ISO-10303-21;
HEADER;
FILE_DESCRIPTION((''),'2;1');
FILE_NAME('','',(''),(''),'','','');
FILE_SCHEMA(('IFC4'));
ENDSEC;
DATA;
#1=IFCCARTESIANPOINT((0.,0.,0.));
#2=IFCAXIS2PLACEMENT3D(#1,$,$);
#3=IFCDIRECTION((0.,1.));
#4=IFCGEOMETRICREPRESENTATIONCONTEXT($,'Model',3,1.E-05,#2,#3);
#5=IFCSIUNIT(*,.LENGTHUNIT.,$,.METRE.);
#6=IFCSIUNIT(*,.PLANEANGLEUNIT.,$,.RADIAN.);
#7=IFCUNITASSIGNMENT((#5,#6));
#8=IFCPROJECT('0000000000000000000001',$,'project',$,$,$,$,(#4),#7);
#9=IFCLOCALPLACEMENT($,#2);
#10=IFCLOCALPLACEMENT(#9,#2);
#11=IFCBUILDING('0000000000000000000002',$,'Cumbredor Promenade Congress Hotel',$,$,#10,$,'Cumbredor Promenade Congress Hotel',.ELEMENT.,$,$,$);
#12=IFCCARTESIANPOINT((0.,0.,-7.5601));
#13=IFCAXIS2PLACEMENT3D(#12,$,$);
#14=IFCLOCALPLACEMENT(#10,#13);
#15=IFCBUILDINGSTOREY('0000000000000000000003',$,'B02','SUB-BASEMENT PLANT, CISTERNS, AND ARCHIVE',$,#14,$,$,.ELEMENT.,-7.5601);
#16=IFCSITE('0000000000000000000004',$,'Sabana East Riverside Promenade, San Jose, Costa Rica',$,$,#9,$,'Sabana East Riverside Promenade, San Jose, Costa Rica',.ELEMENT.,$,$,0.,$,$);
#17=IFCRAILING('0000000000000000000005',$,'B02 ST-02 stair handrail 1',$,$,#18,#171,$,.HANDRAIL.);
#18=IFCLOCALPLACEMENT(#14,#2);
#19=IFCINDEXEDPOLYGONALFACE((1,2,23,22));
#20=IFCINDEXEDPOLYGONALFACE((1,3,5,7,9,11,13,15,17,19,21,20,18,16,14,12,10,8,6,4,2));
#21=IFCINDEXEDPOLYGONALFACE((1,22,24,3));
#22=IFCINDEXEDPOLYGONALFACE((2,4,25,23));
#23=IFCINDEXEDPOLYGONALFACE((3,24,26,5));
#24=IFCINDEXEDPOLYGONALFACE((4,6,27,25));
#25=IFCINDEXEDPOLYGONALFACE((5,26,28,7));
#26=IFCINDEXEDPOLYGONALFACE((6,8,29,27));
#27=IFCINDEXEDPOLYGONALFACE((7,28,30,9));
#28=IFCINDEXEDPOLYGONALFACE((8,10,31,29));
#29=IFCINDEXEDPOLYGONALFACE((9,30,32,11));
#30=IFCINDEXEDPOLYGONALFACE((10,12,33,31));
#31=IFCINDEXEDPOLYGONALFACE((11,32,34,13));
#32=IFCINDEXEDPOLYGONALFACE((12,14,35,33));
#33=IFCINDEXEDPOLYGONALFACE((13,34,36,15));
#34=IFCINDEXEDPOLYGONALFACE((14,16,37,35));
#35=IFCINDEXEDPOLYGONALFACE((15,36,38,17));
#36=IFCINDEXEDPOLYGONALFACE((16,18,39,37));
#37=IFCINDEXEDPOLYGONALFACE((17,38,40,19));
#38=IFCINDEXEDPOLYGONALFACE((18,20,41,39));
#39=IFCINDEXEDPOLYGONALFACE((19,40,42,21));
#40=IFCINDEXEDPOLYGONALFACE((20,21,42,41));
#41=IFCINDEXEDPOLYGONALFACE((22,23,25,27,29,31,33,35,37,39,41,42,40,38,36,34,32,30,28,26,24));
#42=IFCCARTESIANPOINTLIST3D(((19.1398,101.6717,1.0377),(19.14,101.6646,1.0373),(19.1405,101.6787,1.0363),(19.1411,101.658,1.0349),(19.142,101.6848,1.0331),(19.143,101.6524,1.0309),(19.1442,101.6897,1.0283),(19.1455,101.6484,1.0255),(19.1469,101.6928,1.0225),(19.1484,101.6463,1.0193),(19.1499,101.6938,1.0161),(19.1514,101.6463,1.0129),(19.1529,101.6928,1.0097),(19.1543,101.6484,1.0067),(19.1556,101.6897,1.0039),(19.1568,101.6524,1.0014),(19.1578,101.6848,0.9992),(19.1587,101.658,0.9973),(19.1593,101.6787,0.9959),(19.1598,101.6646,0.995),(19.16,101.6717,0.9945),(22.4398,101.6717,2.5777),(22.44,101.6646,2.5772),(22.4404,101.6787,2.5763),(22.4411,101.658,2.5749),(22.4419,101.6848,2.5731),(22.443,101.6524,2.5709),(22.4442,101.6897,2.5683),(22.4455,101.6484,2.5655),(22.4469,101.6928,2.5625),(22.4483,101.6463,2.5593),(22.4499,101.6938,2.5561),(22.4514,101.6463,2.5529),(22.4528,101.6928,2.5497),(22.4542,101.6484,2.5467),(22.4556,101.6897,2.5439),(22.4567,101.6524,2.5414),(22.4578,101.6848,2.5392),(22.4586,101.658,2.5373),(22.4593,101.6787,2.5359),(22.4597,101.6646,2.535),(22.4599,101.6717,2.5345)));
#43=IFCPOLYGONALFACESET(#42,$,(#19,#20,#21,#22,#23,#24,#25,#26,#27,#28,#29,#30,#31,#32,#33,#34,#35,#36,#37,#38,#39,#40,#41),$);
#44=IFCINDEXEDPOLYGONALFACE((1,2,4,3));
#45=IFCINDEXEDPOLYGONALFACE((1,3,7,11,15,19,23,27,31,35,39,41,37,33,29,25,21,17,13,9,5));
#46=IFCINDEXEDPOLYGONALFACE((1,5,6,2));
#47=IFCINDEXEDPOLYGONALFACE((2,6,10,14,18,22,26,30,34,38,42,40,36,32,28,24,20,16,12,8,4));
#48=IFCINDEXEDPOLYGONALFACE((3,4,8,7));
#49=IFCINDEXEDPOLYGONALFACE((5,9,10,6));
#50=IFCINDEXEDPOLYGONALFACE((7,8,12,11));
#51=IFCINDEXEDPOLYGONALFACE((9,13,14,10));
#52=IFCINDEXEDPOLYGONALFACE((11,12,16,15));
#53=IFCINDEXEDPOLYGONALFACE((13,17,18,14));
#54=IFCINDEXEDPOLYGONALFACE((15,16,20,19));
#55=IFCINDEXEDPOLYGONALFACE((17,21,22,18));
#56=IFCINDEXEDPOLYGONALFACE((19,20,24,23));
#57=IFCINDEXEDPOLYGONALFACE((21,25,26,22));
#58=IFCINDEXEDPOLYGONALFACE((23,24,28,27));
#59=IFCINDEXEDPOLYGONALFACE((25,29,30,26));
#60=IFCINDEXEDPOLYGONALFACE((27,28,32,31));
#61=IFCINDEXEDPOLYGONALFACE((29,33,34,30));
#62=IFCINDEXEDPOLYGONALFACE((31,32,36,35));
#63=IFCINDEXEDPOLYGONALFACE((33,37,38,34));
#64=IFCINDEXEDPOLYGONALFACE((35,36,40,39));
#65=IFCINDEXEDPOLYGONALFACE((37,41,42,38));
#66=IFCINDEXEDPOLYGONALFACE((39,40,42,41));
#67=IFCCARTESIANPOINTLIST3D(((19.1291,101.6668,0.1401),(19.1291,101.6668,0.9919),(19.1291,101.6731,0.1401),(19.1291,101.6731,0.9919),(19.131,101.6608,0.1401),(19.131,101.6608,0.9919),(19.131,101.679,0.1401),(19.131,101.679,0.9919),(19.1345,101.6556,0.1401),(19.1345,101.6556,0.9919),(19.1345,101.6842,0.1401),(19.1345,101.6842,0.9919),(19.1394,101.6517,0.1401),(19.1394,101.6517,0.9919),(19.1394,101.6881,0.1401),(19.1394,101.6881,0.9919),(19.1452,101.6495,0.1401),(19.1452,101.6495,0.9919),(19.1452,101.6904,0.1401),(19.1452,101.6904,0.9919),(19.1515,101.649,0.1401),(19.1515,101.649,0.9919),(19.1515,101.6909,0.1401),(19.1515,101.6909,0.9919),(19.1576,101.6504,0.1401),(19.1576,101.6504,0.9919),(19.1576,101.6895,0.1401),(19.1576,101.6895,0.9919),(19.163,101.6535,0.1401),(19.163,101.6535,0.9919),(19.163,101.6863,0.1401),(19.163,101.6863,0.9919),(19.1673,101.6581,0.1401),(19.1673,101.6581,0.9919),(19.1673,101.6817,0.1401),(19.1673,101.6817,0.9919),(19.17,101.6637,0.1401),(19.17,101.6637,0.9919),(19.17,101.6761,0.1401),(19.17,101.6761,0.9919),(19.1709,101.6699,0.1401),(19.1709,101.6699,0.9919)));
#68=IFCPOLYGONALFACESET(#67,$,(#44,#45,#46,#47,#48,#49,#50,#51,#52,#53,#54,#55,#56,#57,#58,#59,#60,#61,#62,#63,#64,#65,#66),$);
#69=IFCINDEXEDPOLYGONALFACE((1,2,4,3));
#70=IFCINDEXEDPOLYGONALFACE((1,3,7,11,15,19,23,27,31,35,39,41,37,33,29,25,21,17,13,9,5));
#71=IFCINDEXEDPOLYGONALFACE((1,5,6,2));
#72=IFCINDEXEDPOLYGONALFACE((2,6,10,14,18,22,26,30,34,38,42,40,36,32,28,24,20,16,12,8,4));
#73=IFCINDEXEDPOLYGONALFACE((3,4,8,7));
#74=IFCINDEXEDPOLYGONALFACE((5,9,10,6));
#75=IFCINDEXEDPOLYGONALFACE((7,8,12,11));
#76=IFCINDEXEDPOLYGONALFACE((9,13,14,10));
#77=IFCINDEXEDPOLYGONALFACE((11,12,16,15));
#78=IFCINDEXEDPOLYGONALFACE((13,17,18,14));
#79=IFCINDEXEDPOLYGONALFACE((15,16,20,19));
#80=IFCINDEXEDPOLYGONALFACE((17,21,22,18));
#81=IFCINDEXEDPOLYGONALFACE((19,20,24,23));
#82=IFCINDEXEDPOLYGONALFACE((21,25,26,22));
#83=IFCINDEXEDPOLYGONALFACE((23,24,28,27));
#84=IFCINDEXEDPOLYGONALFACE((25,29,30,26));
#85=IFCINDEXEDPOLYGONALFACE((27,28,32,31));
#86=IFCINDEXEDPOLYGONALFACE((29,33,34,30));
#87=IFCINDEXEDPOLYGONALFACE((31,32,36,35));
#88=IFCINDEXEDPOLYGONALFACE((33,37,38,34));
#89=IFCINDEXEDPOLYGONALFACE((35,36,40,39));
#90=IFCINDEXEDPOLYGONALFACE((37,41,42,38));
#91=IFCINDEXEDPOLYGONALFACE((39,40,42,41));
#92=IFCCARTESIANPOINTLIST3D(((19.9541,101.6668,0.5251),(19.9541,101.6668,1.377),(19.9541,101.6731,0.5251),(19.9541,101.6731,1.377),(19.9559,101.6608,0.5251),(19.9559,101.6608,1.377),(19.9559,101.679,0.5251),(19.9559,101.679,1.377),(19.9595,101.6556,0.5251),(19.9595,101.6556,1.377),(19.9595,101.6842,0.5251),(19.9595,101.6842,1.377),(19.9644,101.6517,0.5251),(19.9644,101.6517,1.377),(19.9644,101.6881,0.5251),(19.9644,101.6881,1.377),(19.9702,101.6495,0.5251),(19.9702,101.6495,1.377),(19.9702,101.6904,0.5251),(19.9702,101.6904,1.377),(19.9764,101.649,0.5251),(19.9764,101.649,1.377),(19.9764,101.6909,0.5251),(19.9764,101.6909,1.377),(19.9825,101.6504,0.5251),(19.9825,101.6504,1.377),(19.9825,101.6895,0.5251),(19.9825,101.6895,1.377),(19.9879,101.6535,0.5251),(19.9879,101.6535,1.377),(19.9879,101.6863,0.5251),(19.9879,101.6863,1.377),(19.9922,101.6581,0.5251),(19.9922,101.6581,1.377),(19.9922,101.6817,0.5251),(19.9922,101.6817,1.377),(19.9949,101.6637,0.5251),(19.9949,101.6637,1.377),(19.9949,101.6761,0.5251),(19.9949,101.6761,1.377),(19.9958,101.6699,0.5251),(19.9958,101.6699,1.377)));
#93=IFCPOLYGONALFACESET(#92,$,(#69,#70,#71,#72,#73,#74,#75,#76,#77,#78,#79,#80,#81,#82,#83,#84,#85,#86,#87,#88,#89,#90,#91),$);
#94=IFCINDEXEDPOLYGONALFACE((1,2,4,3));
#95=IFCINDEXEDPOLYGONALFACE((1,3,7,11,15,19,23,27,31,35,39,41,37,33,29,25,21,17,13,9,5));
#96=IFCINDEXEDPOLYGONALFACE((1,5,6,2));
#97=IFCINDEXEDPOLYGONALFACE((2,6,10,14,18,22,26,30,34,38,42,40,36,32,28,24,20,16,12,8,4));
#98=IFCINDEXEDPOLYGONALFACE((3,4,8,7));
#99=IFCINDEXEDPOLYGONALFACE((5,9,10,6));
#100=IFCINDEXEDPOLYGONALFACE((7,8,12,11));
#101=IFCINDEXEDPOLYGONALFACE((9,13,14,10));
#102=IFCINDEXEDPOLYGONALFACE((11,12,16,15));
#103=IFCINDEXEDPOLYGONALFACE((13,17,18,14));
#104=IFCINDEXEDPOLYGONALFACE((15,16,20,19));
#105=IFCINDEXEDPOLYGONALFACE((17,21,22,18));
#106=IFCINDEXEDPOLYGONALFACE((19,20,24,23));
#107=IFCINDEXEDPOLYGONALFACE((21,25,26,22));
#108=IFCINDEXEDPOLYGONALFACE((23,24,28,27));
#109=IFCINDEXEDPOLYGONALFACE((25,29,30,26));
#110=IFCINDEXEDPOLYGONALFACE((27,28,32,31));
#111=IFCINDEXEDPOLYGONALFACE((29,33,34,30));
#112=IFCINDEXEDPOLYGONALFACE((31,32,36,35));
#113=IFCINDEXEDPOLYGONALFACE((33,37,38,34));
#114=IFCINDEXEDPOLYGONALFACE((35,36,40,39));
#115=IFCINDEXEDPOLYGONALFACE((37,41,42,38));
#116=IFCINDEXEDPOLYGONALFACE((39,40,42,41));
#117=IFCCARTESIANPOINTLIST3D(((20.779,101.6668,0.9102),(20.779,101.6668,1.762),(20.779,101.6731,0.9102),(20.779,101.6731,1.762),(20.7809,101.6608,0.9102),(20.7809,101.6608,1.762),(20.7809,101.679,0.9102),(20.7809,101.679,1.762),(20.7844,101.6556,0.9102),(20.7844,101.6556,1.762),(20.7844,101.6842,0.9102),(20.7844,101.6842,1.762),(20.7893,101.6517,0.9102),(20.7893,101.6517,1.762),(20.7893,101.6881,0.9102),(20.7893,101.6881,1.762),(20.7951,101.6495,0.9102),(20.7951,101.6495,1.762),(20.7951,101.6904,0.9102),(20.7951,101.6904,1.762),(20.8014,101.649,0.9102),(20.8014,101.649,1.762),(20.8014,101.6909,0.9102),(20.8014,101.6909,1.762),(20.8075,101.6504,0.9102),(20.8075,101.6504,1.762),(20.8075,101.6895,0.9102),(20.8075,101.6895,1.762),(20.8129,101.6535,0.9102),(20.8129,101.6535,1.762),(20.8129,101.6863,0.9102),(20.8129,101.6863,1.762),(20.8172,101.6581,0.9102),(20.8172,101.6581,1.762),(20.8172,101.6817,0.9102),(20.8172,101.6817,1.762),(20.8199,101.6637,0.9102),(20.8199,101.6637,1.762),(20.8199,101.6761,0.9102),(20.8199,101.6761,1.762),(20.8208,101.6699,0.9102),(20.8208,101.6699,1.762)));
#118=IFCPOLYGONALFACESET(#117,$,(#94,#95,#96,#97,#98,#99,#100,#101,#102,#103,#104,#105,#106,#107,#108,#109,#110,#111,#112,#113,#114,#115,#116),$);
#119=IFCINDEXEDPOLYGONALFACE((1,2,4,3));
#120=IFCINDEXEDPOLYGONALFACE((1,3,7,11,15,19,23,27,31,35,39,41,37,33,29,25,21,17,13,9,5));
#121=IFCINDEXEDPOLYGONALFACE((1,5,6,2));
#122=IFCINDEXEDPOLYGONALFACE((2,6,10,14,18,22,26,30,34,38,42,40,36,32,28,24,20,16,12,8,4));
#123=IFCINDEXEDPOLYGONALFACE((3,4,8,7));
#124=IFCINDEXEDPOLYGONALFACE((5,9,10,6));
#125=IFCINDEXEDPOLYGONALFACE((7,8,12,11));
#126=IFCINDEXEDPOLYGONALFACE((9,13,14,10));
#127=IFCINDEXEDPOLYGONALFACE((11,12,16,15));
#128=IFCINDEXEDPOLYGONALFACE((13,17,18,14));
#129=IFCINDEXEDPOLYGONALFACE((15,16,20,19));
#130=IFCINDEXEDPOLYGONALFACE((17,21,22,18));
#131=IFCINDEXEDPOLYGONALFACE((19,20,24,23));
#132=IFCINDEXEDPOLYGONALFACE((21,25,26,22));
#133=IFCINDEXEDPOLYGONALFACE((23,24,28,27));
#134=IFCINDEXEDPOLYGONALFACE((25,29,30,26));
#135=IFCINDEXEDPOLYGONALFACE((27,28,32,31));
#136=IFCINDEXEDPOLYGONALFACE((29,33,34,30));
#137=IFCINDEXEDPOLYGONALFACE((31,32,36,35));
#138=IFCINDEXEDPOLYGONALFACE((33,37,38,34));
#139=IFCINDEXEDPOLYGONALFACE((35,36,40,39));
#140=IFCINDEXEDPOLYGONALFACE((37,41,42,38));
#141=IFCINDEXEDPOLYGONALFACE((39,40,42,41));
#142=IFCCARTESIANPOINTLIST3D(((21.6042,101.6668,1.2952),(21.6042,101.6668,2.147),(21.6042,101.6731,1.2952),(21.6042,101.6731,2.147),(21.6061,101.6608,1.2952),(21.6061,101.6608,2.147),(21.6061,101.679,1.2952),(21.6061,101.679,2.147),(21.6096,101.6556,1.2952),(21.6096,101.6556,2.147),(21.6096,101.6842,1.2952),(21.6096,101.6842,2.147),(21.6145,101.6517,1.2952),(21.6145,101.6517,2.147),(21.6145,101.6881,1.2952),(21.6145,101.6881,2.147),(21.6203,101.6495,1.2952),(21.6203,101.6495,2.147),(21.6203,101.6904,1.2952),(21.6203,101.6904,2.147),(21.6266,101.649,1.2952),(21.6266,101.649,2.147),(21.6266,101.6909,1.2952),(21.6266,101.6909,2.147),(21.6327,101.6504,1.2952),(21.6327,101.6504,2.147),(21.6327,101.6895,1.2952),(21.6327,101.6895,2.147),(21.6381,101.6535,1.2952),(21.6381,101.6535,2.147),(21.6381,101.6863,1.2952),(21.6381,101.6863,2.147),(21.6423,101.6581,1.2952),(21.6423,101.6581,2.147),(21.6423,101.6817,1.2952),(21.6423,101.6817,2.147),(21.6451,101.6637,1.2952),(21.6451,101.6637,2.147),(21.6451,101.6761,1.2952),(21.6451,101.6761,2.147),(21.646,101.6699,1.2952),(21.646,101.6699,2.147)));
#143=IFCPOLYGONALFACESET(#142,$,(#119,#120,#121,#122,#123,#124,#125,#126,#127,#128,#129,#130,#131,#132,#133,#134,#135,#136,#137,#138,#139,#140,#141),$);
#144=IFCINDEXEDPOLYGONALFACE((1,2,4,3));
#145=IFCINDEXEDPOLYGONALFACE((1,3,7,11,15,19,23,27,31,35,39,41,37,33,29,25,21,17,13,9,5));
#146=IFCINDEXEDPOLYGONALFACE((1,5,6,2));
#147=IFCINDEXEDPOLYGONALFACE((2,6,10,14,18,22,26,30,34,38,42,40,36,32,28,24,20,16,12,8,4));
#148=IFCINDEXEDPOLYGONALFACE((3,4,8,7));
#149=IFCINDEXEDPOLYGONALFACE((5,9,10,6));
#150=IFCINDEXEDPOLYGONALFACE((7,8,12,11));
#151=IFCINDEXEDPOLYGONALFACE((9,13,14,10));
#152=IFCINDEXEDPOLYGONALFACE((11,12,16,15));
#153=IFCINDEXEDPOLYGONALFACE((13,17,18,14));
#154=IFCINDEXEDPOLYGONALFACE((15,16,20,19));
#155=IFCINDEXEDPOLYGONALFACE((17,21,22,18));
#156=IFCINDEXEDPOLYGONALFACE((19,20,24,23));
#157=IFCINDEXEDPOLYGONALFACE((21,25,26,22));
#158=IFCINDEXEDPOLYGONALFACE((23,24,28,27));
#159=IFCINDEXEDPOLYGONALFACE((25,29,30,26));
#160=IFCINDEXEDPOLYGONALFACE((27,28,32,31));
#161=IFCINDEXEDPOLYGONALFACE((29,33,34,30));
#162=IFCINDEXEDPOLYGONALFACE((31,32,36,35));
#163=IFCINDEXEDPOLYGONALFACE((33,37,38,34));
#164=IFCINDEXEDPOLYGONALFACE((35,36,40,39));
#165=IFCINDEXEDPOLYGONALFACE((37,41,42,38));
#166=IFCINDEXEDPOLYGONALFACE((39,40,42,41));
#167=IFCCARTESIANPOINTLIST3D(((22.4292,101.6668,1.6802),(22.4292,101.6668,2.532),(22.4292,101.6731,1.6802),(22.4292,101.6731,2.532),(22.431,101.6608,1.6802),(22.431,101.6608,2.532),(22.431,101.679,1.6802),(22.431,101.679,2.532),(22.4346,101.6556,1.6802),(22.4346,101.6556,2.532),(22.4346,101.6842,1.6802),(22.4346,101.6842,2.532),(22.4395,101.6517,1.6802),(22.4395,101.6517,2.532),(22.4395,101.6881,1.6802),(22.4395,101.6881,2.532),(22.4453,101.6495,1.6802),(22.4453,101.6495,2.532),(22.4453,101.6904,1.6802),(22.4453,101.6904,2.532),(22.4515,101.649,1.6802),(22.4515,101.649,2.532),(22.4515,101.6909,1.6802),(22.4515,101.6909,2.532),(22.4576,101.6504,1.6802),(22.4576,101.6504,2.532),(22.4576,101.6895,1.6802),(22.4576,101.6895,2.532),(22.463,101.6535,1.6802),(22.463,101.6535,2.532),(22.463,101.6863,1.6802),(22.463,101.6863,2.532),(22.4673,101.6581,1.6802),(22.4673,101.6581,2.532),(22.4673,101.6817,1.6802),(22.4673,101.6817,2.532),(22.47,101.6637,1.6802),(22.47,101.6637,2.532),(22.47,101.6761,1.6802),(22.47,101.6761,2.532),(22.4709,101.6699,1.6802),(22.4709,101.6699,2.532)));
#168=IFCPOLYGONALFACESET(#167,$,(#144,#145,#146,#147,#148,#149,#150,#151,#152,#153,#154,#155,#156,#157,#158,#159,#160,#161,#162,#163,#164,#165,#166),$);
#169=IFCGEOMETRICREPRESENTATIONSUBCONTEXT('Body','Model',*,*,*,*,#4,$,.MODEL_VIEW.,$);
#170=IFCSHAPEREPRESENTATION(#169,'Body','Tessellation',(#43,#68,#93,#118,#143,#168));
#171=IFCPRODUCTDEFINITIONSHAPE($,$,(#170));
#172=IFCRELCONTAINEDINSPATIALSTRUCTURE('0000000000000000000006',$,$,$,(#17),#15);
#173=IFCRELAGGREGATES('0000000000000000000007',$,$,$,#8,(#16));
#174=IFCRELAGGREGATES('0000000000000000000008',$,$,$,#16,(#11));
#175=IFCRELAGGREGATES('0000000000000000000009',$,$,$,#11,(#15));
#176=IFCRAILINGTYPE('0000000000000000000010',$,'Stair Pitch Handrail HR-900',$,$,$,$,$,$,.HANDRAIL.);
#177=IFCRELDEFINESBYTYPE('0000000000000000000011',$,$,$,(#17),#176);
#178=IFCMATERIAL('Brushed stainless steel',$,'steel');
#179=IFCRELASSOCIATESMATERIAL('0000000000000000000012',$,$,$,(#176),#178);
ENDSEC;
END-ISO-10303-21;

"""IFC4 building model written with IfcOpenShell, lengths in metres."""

from ifc_helpers import new_model, si_unit, direction, frame, origin, origin_2d, place, context, subcontext, project, spatial, circle, extrude, material, type_object, element, save


model = new_model("IFC4")

# Units and contexts
model_context = context("Model", 3, precision=1e-05, world=origin(), true_north=direction((0.0, 1.0)))
body_context = subcontext(model_context, "Body", "Model", "MODEL_VIEW")
ifc_project = project(units=[si_unit("LENGTHUNIT", "METRE"), si_unit("PLANEANGLEUNIT", "RADIAN")], contexts=[model_context])

# Site, building, storey
site_placement = place(None, origin())
site = spatial("IfcSite", under=ifc_project, at=site_placement, Name="Sabana East Riverside Promenade, San Jose, Costa Rica", LongName="Sabana East Riverside Promenade, San Jose, Costa Rica", CompositionType="ELEMENT", RefElevation=0.0)
building_placement = place(site_placement, origin())
building = spatial("IfcBuilding", under=site, at=building_placement, Name="Cumbredor Promenade Congress Hotel", LongName="Cumbredor Promenade Congress Hotel", CompositionType="ELEMENT")
storey_placement = place(building_placement, frame((0.0, 0.0, -7.5601)))
storey = spatial("IfcBuildingStorey", under=building, at=storey_placement, Name="B02", Description="SUB-BASEMENT PLANT, CISTERNS, AND ARCHIVE", CompositionType="ELEMENT", Elevation=-7.5601)

# Railing
ifc_material_1 = material(Name="Brushed stainless steel", Category="steel")
railing_type_1 = type_object("IfcRailingType", Name="Stair Pitch Handrail HR-900", PredefinedType="HANDRAIL", material=ifc_material_1)
for number, where, name in (
    (1, (19.1499, 101.6699, 0.1401), "B02 ST-02 stair handrail 1"),
):
    element("IfcRailing", number, at=place(storey_placement, frame(where)), inside=storey, type_object=railing_type_1, Name=name, PredefinedType="HANDRAIL", context=body_context, shape_type="SweptSolid", body=[
        extrude(circle(Radius=0.0239, at=origin_2d()), frame((0.0, 0.0, 0.876), z_axis=(0.906181, 0.0, 0.422889), x_axis=(0.0, 1.0, 0.0)), (0.0, 0.0, 1.0), 3.6416),
        extrude(circle(Radius=0.021, at=origin_2d()), origin(), (0.0, 0.0, 1.0), 0.8518),
        extrude(circle(Radius=0.021, at=origin_2d()), frame((0.825, 0.0, 0.385)), (0.0, 0.0, 1.0), 0.8518),
        extrude(circle(Radius=0.021, at=origin_2d()), frame((1.6499, 0.0, 0.77)), (0.0, 0.0, 1.0), 0.8518),
        extrude(circle(Radius=0.021, at=origin_2d()), frame((2.4751, 0.0, 1.155)), (0.0, 0.0, 1.0), 0.8518),
        extrude(circle(Radius=0.021, at=origin_2d()), frame((3.3, 0.0, 1.54)), (0.0, 0.0, 1.0), 0.8518),
    ])

save(model, "model.ifc")
